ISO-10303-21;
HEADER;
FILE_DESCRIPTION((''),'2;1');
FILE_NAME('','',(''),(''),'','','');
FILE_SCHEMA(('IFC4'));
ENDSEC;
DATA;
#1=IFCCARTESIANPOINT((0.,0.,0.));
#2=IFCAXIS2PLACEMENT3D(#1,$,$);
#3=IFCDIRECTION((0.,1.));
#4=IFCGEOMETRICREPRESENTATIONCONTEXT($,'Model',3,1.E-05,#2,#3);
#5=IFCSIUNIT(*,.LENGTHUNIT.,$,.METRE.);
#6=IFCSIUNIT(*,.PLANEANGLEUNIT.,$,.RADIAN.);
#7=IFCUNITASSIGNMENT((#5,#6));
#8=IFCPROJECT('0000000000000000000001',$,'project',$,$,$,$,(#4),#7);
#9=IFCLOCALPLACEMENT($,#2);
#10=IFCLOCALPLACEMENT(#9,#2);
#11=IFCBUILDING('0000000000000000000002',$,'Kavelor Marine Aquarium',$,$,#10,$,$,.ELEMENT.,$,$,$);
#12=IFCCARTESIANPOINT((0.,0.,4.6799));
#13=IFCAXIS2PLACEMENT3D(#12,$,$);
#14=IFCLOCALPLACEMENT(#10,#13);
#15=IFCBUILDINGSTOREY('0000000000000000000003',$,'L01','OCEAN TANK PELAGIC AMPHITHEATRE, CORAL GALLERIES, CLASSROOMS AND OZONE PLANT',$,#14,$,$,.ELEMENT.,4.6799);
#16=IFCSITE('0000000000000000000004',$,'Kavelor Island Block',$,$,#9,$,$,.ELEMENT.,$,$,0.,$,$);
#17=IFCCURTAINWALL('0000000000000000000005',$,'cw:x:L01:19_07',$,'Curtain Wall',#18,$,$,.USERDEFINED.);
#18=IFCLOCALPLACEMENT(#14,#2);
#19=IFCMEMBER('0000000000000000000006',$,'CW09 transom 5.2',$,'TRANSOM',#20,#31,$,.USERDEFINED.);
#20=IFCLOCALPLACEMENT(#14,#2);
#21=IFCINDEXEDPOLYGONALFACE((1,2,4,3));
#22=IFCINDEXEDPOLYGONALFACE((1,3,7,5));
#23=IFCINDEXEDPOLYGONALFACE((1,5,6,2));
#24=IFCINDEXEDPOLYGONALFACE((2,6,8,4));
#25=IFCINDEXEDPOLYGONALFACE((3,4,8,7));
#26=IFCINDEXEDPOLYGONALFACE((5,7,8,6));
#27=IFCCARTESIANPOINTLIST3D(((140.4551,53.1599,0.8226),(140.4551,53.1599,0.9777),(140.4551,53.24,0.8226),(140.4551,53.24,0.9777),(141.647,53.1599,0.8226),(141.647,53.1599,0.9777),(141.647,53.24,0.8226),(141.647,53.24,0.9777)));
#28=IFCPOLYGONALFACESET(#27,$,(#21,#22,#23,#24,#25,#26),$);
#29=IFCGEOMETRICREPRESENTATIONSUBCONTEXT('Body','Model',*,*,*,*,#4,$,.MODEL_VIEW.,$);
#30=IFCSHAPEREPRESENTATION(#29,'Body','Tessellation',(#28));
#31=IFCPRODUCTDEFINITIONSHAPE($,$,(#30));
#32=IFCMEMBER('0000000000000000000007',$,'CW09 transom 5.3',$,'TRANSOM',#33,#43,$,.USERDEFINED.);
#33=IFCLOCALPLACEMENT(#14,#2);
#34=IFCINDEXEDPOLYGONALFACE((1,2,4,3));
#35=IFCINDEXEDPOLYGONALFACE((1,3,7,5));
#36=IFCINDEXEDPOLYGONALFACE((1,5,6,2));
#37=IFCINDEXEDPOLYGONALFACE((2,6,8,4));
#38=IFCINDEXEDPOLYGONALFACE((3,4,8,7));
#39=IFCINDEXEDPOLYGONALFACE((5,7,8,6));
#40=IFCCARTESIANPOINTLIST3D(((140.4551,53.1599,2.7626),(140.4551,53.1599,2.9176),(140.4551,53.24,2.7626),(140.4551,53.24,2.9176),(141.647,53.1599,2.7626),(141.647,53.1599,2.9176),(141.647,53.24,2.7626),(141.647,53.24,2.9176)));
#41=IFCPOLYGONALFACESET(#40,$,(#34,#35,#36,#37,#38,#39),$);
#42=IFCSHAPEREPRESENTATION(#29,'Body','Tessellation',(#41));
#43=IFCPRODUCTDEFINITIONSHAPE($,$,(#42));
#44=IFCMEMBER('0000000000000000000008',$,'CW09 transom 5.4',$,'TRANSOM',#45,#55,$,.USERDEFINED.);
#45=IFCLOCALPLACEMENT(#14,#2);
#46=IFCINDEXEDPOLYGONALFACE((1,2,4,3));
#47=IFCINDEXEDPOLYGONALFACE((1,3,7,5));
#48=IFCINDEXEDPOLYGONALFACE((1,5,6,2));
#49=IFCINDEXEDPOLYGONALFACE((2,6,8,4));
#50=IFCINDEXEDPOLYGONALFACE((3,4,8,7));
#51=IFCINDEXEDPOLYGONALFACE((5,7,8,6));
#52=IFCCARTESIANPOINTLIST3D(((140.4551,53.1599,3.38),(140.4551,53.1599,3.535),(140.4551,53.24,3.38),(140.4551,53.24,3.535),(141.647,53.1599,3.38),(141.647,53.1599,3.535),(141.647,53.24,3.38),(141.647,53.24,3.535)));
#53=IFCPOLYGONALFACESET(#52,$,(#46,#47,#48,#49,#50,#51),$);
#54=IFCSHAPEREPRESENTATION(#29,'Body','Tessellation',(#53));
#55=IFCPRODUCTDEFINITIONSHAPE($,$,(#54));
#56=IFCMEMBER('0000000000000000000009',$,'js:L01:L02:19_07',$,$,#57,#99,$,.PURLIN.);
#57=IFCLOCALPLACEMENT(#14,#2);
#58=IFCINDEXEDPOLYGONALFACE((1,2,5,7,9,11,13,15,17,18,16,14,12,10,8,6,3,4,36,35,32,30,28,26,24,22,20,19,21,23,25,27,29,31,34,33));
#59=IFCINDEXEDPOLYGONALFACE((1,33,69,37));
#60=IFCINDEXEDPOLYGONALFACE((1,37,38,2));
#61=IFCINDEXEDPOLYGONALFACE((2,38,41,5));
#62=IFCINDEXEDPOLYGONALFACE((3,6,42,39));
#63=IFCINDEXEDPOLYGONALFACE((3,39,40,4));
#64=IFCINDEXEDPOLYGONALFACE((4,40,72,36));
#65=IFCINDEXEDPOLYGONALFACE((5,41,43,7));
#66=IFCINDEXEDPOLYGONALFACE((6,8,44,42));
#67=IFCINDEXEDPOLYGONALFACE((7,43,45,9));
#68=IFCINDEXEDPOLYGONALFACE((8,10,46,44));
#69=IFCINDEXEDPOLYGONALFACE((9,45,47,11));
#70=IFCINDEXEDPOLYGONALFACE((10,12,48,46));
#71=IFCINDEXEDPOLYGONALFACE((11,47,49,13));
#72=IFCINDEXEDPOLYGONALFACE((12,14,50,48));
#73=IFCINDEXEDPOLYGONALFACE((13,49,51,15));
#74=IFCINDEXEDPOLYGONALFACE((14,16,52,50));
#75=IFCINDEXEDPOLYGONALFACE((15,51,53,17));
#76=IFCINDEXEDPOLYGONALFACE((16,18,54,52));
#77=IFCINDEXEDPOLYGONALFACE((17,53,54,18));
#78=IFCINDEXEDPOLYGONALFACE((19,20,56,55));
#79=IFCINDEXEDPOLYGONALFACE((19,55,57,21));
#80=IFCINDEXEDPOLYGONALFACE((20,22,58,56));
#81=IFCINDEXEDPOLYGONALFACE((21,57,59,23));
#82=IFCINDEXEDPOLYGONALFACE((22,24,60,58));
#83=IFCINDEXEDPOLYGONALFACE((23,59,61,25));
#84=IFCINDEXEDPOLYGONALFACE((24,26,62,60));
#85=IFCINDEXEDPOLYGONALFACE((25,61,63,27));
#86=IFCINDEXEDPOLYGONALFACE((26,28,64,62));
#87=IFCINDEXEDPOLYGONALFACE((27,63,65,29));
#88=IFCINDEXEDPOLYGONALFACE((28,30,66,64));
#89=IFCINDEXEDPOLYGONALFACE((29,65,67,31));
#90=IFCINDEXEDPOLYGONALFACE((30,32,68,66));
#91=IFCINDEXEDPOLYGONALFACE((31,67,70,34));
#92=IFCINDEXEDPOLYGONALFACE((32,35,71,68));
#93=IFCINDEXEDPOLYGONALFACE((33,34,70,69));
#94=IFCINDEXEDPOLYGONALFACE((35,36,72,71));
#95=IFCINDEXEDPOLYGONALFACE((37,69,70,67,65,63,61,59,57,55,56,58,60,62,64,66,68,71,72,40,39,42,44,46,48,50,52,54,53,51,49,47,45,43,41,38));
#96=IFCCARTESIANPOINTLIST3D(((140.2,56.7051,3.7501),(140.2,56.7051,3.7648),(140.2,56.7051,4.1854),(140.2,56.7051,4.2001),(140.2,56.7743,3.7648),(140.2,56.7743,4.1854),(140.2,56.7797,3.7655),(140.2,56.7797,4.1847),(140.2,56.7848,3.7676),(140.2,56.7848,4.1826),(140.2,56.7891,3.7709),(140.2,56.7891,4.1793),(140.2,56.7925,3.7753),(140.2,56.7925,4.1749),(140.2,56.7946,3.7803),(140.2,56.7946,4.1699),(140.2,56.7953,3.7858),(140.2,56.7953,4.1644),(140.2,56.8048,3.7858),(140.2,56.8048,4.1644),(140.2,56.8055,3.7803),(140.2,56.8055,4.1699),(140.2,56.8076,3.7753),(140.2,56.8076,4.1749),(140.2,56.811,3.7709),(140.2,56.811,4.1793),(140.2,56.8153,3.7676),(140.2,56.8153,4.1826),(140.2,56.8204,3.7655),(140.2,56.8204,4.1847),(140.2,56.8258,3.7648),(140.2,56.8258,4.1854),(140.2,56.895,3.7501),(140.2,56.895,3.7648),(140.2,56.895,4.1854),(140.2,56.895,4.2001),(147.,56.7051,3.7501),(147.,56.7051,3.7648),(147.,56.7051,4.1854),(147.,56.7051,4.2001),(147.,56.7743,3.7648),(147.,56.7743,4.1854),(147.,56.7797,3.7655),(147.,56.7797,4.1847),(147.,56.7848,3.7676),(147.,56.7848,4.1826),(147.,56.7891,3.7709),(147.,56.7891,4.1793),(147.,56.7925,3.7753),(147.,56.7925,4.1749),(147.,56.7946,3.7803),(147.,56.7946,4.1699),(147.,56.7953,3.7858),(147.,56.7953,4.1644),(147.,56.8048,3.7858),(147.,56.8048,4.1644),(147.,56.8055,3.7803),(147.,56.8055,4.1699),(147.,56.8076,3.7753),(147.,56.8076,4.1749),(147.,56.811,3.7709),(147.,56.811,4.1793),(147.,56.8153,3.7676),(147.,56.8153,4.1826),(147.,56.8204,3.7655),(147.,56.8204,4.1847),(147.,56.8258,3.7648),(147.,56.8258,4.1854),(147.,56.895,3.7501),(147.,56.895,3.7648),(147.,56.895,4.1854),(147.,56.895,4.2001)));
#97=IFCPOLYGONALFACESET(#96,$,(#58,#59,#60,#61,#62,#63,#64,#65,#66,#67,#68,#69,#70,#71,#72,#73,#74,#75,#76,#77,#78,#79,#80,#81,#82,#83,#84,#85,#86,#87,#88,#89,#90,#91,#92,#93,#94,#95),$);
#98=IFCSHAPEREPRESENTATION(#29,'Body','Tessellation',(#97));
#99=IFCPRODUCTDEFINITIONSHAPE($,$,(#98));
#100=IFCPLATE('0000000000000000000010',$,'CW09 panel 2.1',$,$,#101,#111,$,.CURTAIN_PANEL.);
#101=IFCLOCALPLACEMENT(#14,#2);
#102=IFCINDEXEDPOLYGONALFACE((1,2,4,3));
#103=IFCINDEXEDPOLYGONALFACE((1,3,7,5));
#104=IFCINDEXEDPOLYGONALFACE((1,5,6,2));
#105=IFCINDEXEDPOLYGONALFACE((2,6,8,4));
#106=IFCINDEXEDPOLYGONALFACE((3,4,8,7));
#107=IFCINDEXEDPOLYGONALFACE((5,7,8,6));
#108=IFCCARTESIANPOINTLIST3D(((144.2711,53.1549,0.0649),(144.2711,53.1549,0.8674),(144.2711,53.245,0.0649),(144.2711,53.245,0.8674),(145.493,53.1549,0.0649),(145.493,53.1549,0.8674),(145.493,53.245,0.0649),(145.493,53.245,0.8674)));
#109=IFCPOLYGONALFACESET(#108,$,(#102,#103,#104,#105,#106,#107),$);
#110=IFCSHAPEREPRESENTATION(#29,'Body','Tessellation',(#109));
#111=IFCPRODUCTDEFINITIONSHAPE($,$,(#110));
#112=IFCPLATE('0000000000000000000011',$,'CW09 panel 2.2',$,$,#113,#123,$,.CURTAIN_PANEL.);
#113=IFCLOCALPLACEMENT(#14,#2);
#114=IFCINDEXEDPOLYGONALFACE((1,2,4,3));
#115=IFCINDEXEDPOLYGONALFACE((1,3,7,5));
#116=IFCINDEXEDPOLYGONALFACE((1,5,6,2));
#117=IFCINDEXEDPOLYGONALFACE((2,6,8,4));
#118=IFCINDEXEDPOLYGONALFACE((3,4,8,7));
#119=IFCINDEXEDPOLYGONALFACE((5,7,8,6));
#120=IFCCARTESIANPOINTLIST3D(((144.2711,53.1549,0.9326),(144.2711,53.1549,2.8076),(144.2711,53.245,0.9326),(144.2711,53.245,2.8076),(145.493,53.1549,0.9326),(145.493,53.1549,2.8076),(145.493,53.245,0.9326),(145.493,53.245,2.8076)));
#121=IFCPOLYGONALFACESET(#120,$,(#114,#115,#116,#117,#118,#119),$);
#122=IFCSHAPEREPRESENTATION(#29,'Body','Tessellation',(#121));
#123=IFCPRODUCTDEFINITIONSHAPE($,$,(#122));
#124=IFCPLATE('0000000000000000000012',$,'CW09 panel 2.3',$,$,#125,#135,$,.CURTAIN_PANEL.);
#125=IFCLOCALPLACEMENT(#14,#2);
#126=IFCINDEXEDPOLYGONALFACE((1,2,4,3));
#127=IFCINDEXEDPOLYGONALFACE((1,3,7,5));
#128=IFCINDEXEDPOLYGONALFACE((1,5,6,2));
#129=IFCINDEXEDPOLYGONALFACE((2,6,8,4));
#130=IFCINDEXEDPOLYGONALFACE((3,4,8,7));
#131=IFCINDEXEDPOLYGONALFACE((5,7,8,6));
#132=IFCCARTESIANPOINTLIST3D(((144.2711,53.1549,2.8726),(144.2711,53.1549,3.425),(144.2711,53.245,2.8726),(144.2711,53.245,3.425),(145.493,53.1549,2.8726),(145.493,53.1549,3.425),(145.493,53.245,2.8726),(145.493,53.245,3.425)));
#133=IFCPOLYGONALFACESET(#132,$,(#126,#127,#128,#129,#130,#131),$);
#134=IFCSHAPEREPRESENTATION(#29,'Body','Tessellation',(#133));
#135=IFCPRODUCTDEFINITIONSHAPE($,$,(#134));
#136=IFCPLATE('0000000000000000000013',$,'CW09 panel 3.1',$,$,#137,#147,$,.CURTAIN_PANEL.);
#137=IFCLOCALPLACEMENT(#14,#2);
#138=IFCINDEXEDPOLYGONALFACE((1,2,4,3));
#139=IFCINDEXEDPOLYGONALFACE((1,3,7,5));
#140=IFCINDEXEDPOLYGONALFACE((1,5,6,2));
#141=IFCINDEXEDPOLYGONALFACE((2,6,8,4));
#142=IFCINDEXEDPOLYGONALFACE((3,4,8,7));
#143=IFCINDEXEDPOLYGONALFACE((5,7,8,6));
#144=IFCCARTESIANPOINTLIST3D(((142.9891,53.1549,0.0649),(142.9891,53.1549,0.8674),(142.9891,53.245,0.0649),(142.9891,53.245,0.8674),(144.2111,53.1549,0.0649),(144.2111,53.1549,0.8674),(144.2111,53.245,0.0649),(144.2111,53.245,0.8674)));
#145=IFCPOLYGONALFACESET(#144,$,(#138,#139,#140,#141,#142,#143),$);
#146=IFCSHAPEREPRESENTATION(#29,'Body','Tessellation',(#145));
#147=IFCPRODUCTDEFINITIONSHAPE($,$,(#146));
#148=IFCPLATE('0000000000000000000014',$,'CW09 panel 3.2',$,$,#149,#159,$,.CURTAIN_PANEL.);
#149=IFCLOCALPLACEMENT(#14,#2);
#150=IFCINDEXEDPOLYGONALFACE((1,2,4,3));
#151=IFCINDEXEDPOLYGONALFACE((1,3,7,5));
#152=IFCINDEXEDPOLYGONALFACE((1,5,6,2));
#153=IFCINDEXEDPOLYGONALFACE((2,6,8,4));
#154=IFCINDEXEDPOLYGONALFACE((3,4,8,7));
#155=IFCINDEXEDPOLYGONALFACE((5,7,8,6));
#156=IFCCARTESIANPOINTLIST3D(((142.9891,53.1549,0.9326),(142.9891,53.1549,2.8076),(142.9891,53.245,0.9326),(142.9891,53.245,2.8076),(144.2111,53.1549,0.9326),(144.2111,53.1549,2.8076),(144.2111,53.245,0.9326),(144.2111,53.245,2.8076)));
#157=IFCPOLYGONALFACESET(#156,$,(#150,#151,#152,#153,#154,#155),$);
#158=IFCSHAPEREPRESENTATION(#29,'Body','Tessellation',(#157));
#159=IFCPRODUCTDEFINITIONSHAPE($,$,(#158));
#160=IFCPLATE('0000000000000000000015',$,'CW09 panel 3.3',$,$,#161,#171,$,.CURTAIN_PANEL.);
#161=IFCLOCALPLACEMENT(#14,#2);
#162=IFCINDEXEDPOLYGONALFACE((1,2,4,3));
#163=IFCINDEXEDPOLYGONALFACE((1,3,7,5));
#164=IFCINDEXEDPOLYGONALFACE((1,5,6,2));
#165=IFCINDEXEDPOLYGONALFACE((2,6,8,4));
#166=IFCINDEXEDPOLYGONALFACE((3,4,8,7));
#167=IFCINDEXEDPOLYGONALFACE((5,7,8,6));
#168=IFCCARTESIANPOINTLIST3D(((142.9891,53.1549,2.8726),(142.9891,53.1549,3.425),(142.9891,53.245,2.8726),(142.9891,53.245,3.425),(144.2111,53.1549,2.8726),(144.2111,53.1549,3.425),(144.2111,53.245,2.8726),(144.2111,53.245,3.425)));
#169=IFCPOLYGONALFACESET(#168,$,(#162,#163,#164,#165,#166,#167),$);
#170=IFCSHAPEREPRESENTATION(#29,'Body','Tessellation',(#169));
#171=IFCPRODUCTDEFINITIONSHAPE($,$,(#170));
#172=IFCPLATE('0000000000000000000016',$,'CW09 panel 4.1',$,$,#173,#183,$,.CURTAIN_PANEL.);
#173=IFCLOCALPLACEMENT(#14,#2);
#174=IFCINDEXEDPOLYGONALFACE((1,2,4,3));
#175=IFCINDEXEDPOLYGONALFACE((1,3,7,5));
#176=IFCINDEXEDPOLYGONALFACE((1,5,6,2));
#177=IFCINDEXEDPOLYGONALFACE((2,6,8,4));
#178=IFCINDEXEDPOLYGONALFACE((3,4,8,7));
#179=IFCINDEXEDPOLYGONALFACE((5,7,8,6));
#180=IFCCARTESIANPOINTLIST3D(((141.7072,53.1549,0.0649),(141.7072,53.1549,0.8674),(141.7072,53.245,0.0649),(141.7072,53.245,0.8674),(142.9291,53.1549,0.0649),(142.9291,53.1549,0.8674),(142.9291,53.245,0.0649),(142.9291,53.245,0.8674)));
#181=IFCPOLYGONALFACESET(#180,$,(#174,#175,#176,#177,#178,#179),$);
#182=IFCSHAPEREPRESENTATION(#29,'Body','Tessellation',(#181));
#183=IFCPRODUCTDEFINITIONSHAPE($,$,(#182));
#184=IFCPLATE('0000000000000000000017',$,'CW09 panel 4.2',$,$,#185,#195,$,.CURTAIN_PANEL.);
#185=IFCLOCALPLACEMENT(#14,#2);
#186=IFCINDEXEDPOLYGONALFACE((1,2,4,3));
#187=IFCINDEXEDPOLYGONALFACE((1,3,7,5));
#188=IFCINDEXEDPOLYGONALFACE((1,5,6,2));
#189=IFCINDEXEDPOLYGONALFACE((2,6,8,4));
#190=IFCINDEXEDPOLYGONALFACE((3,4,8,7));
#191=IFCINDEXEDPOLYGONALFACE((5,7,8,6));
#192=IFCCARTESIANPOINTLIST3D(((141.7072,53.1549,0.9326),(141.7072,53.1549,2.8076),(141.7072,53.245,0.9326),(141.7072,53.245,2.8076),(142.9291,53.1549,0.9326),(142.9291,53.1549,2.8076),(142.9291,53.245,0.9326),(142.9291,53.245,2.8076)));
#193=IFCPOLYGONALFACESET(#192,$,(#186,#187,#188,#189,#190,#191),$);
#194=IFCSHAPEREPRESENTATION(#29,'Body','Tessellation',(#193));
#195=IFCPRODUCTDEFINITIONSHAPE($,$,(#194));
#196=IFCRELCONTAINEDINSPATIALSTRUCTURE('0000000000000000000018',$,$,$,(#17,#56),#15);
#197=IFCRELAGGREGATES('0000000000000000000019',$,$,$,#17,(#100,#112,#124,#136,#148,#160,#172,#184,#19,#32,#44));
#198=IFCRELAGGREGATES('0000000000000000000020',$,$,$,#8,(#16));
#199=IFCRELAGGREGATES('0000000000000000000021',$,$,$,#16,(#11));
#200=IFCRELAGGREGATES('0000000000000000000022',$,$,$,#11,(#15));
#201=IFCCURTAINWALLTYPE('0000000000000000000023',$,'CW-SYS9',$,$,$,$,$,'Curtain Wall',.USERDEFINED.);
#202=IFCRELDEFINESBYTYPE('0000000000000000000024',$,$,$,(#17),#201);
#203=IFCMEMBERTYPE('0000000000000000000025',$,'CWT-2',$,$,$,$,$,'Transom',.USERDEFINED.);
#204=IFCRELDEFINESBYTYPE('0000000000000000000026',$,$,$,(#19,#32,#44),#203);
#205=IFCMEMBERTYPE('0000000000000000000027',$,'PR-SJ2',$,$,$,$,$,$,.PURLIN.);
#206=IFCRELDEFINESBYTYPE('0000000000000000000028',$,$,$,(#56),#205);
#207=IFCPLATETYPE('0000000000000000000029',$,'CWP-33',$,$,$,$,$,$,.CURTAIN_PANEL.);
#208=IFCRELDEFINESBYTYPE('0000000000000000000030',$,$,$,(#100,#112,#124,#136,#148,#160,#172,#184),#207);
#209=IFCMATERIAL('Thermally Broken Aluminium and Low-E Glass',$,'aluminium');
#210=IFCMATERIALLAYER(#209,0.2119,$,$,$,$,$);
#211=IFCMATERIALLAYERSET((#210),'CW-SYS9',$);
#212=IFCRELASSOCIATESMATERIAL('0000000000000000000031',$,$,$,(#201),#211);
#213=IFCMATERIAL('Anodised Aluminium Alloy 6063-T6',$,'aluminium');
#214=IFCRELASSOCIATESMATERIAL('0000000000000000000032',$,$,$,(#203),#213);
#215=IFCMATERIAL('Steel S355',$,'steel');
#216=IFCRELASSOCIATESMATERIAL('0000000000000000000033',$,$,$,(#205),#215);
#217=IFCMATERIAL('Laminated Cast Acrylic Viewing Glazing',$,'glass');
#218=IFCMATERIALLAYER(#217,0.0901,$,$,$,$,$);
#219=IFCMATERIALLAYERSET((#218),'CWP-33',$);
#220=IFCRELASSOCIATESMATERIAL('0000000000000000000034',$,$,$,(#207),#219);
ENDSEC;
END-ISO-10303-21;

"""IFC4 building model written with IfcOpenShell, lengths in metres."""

from ifc_helpers import new_model, si_unit, direction, frame, origin, origin_2d, place, context, subcontext, project, spatial, rectangle, i_section, extrude, material, layer, layer_set, material_profile, profile_set, type_object, element, aggregate, save


model = new_model("IFC4")

# Units and contexts
model_context = context("Model", 3, precision=1e-05, world=origin(), true_north=direction((0.0, 1.0)))
body_context = subcontext(model_context, "Body", "Model", "MODEL_VIEW")
ifc_project = project(units=[si_unit("LENGTHUNIT", "METRE"), si_unit("PLANEANGLEUNIT", "RADIAN")], contexts=[model_context])

# Site, building, storey
site_placement = place(None, origin())
site = spatial("IfcSite", under=ifc_project, at=site_placement, Name="Kavelor Island Block", CompositionType="ELEMENT", RefElevation=0.0)
building_placement = place(site_placement, origin())
building = spatial("IfcBuilding", under=site, at=building_placement, Name="Kavelor Marine Aquarium", CompositionType="ELEMENT")
storey_placement = place(building_placement, frame((0.0, 0.0, 4.6799)))
storey = spatial("IfcBuildingStorey", under=building, at=storey_placement, Name="L01", Description="OCEAN TANK PELAGIC AMPHITHEATRE, CORAL GALLERIES, CLASSROOMS AND OZONE PLANT", CompositionType="ELEMENT", Elevation=4.6799)

# Curtain wall, members
ifc_material_1 = material(Name="Thermally Broken Aluminium and Low-E Glass", Category="aluminium")
ifc_layer_1 = layer(ifc_material_1, 0.2119)
ifc_layer_set_1 = layer_set([ifc_layer_1], Name="CW-SYS9")
curtain_wall_type = type_object("IfcCurtainWallType", Name="CW-SYS9", ElementType="Curtain Wall", PredefinedType="USERDEFINED", material=ifc_layer_set_1)
curtain_wall_placement = place(storey_placement, origin())
curtain_wall = element("IfcCurtainWall", 1, at=curtain_wall_placement, inside=storey, type_object=curtain_wall_type, Name="cw:x:L01:19_07", ObjectType="Curtain Wall", PredefinedType="USERDEFINED")
ifc_material_2 = material(Name="Anodised Aluminium Alloy 6063-T6", Category="aluminium")
ifc_material_profile_1 = material_profile(ifc_material_2, rectangle(XDim=0.0801, YDim=0.155, at=origin_2d()), Name="CW-TRN 80x155")
ifc_profile_set_1 = profile_set([ifc_material_profile_1], Name="Anodised Aluminium Alloy 6063-T6")
member_type_1 = type_object("IfcMemberType", Name="CWT-2", ElementType="Transom", PredefinedType="USERDEFINED", material=ifc_profile_set_1)
member_1_placement = place(storey_placement, frame((141.647, 53.2, 0.9001), z_axis=(-1.0, 0.0, 0.0), x_axis=(0.0, -1.0, 0.0)))
member_1 = element("IfcMember", 2, at=member_1_placement, type_object=member_type_1, Name="CW09 transom 5.2", ObjectType="TRANSOM", PredefinedType="USERDEFINED", context=body_context, shape_type="SweptSolid", body=[
    extrude(rectangle(XDim=0.0801, YDim=0.155, at=origin_2d()), origin(), (0.0, 0.0, 1.0), 1.1919),
])
member_2_placement = place(storey_placement, frame((141.647, 53.2, 2.8401), z_axis=(-1.0, 0.0, 0.0), x_axis=(0.0, -1.0, 0.0)))
member_2 = element("IfcMember", 3, at=member_2_placement, type_object=member_type_1, Name="CW09 transom 5.3", ObjectType="TRANSOM", PredefinedType="USERDEFINED", context=body_context, shape_type="SweptSolid", body=[
    extrude(rectangle(XDim=0.0801, YDim=0.155, at=origin_2d()), origin(), (0.0, 0.0, 1.0), 1.1919),
])
member_3_placement = place(storey_placement, frame((141.647, 53.2, 3.4575), z_axis=(-1.0, 0.0, 0.0), x_axis=(0.0, -1.0, 0.0)))
member_3 = element("IfcMember", 4, at=member_3_placement, type_object=member_type_1, Name="CW09 transom 5.4", ObjectType="TRANSOM", PredefinedType="USERDEFINED", context=body_context, shape_type="SweptSolid", body=[
    extrude(rectangle(XDim=0.0801, YDim=0.155, at=origin_2d()), origin(), (0.0, 0.0, 1.0), 1.1919),
])

# Member
ifc_material_3 = material(Name="Steel S355", Category="steel")
ifc_material_profile_2 = material_profile(ifc_material_3, i_section(OverallWidth=0.1899, OverallDepth=0.45, WebThickness=0.0095, FlangeThickness=0.0146, FilletRadius=0.021, at=origin_2d()), Name="IPE 450")
ifc_profile_set_2 = profile_set([ifc_material_profile_2], Name="Steel S355")
member_type_2 = type_object("IfcMemberType", Name="PR-SJ2", PredefinedType="PURLIN", material=ifc_profile_set_2)
member_4_placement = place(storey_placement, frame((140.2, 56.8, 3.9751), z_axis=(1.0, 0.0, 0.0), x_axis=(0.0, 1.0, 0.0)))
element("IfcMember", 5, at=member_4_placement, inside=storey, type_object=member_type_2, Name="js:L01:L02:19_07", PredefinedType="PURLIN", context=body_context, shape_type="SweptSolid", body=[
    extrude(i_section(OverallWidth=0.1899, OverallDepth=0.45, WebThickness=0.0095, FlangeThickness=0.0146, FilletRadius=0.021, at=origin_2d()), origin(), (0.0, 0.0, 1.0), 6.8),
])

# Plates
ifc_material_4 = material(Name="Laminated Cast Acrylic Viewing Glazing", Category="glass")
ifc_layer_2 = layer(ifc_material_4, 0.0901)
ifc_layer_set_2 = layer_set([ifc_layer_2], Name="CWP-33")
plate_type = type_object("IfcPlateType", Name="CWP-33", PredefinedType="CURTAIN_PANEL", material=ifc_layer_set_2)
plate_1_placement = place(storey_placement, frame((144.8821, 53.2, 0.0649), z_axis=(0.0, 0.0, 1.0), x_axis=(-1.0, 0.0, 0.0)))
plate_1 = element("IfcPlate", 6, at=plate_1_placement, type_object=plate_type, Name="CW09 panel 2.1", PredefinedType="CURTAIN_PANEL", context=body_context, shape_type="SweptSolid", body=[
    extrude(rectangle(XDim=1.2219, YDim=0.0901, at=origin_2d()), origin(), (0.0, 0.0, 1.0), 0.8025),
])
plate_2_placement = place(storey_placement, frame((144.8821, 53.2, 0.9326), z_axis=(0.0, 0.0, 1.0), x_axis=(-1.0, 0.0, 0.0)))
plate_2 = element("IfcPlate", 7, at=plate_2_placement, type_object=plate_type, Name="CW09 panel 2.2", PredefinedType="CURTAIN_PANEL", context=body_context, shape_type="SweptSolid", body=[
    extrude(rectangle(XDim=1.2219, YDim=0.0901, at=origin_2d()), origin(), (0.0, 0.0, 1.0), 1.875),
])
plate_3_placement = place(storey_placement, frame((144.8821, 53.2, 2.8726), z_axis=(0.0, 0.0, 1.0), x_axis=(-1.0, 0.0, 0.0)))
plate_3 = element("IfcPlate", 8, at=plate_3_placement, type_object=plate_type, Name="CW09 panel 2.3", PredefinedType="CURTAIN_PANEL", context=body_context, shape_type="SweptSolid", body=[
    extrude(rectangle(XDim=1.2219, YDim=0.0901, at=origin_2d()), origin(), (0.0, 0.0, 1.0), 0.5525),
])
plate_4_placement = place(storey_placement, frame((143.6001, 53.2, 0.0649), z_axis=(0.0, 0.0, 1.0), x_axis=(-1.0, 0.0, 0.0)))
plate_4 = element("IfcPlate", 9, at=plate_4_placement, type_object=plate_type, Name="CW09 panel 3.1", PredefinedType="CURTAIN_PANEL", context=body_context, shape_type="SweptSolid", body=[
    extrude(rectangle(XDim=1.2219, YDim=0.0901, at=origin_2d()), origin(), (0.0, 0.0, 1.0), 0.8025),
])
plate_5_placement = place(storey_placement, frame((143.6001, 53.2, 0.9326), z_axis=(0.0, 0.0, 1.0), x_axis=(-1.0, 0.0, 0.0)))
plate_5 = element("IfcPlate", 10, at=plate_5_placement, type_object=plate_type, Name="CW09 panel 3.2", PredefinedType="CURTAIN_PANEL", context=body_context, shape_type="SweptSolid", body=[
    extrude(rectangle(XDim=1.2219, YDim=0.0901, at=origin_2d()), origin(), (0.0, 0.0, 1.0), 1.875),
])
plate_6_placement = place(storey_placement, frame((143.6001, 53.2, 2.8726), z_axis=(0.0, 0.0, 1.0), x_axis=(-1.0, 0.0, 0.0)))
plate_6 = element("IfcPlate", 11, at=plate_6_placement, type_object=plate_type, Name="CW09 panel 3.3", PredefinedType="CURTAIN_PANEL", context=body_context, shape_type="SweptSolid", body=[
    extrude(rectangle(XDim=1.2219, YDim=0.0901, at=origin_2d()), origin(), (0.0, 0.0, 1.0), 0.5525),
])
plate_7_placement = place(storey_placement, frame((142.3181, 53.2, 0.0649), z_axis=(0.0, 0.0, 1.0), x_axis=(-1.0, 0.0, 0.0)))
plate_7 = element("IfcPlate", 12, at=plate_7_placement, type_object=plate_type, Name="CW09 panel 4.1", PredefinedType="CURTAIN_PANEL", context=body_context, shape_type="SweptSolid", body=[
    extrude(rectangle(XDim=1.2219, YDim=0.0901, at=origin_2d()), origin(), (0.0, 0.0, 1.0), 0.8025),
])
plate_8_placement = place(storey_placement, frame((142.3181, 53.2, 0.9326), z_axis=(0.0, 0.0, 1.0), x_axis=(-1.0, 0.0, 0.0)))
plate_8 = element("IfcPlate", 13, at=plate_8_placement, type_object=plate_type, Name="CW09 panel 4.2", PredefinedType="CURTAIN_PANEL", context=body_context, shape_type="SweptSolid", body=[
    extrude(rectangle(XDim=1.2219, YDim=0.0901, at=origin_2d()), origin(), (0.0, 0.0, 1.0), 1.875),
])
aggregate(curtain_wall, [plate_1, plate_2, plate_3, plate_4, plate_5, plate_6, plate_7, plate_8, member_1, member_2, member_3])

save(model, "model.ifc")
